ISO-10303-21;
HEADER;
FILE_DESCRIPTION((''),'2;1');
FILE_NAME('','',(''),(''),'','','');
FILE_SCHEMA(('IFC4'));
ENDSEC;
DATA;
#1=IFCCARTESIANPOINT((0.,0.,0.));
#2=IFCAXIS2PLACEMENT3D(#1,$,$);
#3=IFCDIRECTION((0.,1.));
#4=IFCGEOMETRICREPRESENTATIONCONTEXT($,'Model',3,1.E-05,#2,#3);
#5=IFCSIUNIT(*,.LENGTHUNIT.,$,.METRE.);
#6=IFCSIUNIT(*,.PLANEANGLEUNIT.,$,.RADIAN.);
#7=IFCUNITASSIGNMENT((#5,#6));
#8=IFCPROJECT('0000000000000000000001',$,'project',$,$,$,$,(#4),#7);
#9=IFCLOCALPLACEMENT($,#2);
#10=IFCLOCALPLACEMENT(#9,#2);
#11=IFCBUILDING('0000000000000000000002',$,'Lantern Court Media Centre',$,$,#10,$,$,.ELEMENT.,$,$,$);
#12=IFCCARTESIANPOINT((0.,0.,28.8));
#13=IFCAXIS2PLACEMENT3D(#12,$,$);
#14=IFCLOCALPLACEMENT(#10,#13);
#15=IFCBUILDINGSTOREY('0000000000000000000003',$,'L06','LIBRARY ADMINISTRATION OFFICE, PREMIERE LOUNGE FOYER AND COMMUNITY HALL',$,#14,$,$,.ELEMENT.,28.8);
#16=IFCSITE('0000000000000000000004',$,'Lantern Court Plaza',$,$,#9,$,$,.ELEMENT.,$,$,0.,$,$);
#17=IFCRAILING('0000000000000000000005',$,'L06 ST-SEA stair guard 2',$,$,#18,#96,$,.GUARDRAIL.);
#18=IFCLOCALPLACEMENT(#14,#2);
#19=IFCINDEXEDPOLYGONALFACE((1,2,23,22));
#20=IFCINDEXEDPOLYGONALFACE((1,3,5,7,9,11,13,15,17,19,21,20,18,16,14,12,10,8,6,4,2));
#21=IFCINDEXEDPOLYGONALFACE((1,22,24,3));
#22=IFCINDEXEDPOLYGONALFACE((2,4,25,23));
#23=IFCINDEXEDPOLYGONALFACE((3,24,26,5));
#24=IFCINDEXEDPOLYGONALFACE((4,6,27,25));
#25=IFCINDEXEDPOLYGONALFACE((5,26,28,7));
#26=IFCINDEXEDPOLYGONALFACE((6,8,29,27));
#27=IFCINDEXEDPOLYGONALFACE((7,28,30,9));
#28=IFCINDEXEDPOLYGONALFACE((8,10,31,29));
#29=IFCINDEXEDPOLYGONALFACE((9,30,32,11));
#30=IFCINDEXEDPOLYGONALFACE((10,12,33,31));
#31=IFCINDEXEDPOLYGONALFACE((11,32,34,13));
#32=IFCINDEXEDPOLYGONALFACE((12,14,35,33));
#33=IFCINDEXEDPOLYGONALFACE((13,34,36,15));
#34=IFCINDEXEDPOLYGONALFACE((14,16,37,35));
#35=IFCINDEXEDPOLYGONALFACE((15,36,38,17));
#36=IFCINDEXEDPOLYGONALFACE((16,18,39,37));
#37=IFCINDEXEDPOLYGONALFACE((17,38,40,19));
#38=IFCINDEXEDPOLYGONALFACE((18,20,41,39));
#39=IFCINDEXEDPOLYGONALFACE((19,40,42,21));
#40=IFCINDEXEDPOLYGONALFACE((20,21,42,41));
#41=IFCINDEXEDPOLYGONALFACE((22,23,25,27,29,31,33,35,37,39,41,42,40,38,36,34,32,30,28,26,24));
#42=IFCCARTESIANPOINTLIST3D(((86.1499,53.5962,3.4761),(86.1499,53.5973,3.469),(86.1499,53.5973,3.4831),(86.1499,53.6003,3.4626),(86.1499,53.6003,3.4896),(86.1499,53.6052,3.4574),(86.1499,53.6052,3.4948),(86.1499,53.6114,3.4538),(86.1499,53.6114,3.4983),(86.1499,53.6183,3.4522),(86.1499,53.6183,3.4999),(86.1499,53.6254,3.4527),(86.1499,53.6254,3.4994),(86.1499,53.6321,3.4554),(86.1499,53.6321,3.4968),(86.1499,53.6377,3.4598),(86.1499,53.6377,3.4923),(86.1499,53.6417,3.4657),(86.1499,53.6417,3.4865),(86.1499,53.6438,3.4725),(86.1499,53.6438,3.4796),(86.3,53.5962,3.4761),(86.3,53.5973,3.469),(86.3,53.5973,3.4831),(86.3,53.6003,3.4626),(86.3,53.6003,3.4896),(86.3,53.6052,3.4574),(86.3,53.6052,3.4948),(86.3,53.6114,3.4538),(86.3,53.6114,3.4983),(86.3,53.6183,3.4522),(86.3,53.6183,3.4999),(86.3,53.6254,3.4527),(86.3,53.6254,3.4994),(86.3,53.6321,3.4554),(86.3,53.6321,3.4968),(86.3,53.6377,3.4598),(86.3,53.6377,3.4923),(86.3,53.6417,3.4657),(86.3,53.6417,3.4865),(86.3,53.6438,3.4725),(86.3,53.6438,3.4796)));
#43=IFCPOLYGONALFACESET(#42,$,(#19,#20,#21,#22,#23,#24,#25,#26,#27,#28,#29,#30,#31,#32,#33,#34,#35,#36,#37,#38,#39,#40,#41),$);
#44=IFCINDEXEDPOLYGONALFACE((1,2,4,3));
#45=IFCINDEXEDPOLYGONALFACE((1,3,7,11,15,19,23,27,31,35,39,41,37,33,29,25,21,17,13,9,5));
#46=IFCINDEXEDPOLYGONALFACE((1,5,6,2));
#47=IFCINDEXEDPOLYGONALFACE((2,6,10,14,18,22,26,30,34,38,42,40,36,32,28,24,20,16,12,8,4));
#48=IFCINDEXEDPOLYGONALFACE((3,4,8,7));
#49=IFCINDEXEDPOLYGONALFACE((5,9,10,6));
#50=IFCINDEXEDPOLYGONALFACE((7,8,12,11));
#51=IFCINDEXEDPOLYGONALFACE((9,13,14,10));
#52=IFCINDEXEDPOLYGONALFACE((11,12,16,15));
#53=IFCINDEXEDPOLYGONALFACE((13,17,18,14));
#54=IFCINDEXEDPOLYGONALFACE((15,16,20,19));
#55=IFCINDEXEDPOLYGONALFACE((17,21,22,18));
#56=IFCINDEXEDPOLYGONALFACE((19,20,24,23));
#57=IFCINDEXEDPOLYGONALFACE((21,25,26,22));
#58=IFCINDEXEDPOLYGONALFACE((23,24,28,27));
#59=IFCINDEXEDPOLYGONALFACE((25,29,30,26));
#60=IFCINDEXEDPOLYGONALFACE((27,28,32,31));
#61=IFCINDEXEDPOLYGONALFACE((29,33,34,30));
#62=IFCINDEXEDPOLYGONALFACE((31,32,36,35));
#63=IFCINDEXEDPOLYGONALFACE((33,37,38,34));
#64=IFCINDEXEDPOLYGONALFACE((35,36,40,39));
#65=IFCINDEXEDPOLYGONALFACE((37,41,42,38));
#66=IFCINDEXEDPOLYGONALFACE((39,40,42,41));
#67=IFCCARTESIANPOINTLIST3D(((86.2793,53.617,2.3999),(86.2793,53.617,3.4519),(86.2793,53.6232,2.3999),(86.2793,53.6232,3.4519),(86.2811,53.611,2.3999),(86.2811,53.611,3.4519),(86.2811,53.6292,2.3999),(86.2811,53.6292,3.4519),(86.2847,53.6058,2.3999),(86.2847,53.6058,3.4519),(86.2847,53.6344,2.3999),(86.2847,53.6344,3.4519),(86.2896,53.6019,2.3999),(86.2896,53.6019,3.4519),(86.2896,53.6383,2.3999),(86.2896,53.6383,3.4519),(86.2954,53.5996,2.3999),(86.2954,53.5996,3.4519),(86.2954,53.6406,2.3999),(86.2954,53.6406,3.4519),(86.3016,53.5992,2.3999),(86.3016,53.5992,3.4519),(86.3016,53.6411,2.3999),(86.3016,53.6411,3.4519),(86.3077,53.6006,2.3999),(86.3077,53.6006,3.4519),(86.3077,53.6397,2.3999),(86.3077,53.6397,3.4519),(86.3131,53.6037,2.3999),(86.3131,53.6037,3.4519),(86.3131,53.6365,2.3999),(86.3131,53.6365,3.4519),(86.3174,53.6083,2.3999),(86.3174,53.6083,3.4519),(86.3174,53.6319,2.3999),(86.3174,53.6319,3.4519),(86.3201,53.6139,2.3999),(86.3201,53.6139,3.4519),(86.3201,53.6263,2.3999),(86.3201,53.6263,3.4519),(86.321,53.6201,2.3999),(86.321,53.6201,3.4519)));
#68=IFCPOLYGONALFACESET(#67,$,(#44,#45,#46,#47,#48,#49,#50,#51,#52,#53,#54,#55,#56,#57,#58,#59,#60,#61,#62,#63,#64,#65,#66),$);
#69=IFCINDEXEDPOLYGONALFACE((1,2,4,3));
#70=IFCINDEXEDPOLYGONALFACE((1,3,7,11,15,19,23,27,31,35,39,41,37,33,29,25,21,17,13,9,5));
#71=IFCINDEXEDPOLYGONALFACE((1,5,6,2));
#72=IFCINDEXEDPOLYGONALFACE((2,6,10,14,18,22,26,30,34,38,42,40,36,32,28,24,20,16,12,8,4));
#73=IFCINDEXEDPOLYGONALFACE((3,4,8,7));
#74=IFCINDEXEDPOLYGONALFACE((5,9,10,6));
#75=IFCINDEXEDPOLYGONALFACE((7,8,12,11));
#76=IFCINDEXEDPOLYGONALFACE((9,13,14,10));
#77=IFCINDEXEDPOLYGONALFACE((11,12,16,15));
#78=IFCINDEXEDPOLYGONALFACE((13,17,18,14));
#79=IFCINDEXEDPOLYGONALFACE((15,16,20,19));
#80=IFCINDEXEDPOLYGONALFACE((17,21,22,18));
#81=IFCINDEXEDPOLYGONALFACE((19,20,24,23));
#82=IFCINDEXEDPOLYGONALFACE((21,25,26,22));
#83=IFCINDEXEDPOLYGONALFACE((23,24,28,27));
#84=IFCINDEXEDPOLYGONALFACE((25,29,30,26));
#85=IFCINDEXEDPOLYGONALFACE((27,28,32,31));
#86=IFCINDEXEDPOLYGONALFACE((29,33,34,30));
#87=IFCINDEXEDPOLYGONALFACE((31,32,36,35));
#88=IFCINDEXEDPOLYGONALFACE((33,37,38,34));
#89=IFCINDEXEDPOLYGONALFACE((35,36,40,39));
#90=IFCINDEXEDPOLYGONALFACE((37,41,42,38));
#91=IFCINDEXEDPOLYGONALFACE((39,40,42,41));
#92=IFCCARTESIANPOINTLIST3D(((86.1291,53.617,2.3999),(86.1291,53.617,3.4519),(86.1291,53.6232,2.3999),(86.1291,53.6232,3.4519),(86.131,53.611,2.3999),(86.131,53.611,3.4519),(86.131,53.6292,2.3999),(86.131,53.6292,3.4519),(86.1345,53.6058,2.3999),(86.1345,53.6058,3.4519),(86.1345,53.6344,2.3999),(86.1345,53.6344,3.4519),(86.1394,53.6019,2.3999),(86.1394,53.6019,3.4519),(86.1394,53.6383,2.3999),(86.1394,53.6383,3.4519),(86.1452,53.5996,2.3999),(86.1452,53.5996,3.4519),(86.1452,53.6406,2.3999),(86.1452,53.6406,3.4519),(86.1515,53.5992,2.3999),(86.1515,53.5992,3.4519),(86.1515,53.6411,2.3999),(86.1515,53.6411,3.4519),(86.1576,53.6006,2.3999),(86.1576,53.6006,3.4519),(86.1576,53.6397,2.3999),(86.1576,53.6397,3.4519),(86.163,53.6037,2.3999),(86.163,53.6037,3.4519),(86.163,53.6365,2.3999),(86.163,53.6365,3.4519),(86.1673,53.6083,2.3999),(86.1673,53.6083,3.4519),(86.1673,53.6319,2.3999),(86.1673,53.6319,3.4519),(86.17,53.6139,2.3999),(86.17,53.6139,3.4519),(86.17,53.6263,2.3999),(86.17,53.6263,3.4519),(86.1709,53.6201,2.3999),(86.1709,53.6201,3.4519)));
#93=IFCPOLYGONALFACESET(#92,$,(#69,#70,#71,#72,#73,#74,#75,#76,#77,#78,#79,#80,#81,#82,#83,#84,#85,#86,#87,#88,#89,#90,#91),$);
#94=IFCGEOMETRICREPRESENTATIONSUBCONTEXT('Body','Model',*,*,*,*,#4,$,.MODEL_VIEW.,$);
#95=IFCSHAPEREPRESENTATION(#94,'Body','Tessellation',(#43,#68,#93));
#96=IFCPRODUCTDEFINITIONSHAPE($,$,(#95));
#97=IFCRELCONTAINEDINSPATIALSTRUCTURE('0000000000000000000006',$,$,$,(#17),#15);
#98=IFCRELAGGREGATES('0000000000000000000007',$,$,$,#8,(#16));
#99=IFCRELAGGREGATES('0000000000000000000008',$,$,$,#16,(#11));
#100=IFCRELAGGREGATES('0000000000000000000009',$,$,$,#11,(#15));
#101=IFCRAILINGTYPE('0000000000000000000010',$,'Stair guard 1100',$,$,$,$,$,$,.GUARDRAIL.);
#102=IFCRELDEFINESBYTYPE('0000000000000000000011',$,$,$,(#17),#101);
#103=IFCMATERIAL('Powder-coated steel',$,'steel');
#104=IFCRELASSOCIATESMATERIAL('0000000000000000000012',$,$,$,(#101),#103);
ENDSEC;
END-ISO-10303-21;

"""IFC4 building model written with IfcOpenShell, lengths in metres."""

from ifc_helpers import new_model, si_unit, direction, frame, origin, origin_2d, place, context, subcontext, project, spatial, circle, extrude, material, type_object, element, save


model = new_model("IFC4")

# Units and contexts
model_context = context("Model", 3, precision=1e-05, world=origin(), true_north=direction((0.0, 1.0)))
body_context = subcontext(model_context, "Body", "Model", "MODEL_VIEW")
ifc_project = project(units=[si_unit("LENGTHUNIT", "METRE"), si_unit("PLANEANGLEUNIT", "RADIAN")], contexts=[model_context])

# Site, building, storey
site_placement = place(None, origin())
site = spatial("IfcSite", under=ifc_project, at=site_placement, Name="Lantern Court Plaza", CompositionType="ELEMENT", RefElevation=0.0)
building_placement = place(site_placement, origin())
building = spatial("IfcBuilding", under=site, at=building_placement, Name="Lantern Court Media Centre", CompositionType="ELEMENT")
storey_placement = place(building_placement, frame((0.0, 0.0, 28.8)))
storey = spatial("IfcBuildingStorey", under=building, at=storey_placement, Name="L06", Description="LIBRARY ADMINISTRATION OFFICE, PREMIERE LOUNGE FOYER AND COMMUNITY HALL", CompositionType="ELEMENT", Elevation=28.8)

# Shared definitions
ifc_material_1 = material(Name="Powder-coated steel", Category="steel")

# Railing
railing_type_1 = type_object("IfcRailingType", Name="Stair guard 1100", PredefinedType="GUARDRAIL", material=ifc_material_1)
railing_1_placement = place(storey_placement, frame((86.3, 53.6201, 2.3999)))
element("IfcRailing", 1, at=railing_1_placement, inside=storey, type_object=railing_type_1, Name="L06 ST-SEA stair guard 2", PredefinedType="GUARDRAIL", context=body_context, shape_type="SweptSolid", body=[
    extrude(circle(Radius=0.0239, at=origin_2d()), frame((0.0, 0.0, 1.0762), z_axis=(-1.0, 0.0, 0.0), x_axis=(0.0, -1.0, 0.0)), (0.0, 0.0, 1.0), 0.1501),
    extrude(circle(Radius=0.021, at=origin_2d()), origin(), (0.0, 0.0, 1.0), 1.052),
    extrude(circle(Radius=0.021, at=origin_2d()), frame((-0.1501, 0.0, 0.0)), (0.0, 0.0, 1.0), 1.052),
])

save(model, "model.ifc")
